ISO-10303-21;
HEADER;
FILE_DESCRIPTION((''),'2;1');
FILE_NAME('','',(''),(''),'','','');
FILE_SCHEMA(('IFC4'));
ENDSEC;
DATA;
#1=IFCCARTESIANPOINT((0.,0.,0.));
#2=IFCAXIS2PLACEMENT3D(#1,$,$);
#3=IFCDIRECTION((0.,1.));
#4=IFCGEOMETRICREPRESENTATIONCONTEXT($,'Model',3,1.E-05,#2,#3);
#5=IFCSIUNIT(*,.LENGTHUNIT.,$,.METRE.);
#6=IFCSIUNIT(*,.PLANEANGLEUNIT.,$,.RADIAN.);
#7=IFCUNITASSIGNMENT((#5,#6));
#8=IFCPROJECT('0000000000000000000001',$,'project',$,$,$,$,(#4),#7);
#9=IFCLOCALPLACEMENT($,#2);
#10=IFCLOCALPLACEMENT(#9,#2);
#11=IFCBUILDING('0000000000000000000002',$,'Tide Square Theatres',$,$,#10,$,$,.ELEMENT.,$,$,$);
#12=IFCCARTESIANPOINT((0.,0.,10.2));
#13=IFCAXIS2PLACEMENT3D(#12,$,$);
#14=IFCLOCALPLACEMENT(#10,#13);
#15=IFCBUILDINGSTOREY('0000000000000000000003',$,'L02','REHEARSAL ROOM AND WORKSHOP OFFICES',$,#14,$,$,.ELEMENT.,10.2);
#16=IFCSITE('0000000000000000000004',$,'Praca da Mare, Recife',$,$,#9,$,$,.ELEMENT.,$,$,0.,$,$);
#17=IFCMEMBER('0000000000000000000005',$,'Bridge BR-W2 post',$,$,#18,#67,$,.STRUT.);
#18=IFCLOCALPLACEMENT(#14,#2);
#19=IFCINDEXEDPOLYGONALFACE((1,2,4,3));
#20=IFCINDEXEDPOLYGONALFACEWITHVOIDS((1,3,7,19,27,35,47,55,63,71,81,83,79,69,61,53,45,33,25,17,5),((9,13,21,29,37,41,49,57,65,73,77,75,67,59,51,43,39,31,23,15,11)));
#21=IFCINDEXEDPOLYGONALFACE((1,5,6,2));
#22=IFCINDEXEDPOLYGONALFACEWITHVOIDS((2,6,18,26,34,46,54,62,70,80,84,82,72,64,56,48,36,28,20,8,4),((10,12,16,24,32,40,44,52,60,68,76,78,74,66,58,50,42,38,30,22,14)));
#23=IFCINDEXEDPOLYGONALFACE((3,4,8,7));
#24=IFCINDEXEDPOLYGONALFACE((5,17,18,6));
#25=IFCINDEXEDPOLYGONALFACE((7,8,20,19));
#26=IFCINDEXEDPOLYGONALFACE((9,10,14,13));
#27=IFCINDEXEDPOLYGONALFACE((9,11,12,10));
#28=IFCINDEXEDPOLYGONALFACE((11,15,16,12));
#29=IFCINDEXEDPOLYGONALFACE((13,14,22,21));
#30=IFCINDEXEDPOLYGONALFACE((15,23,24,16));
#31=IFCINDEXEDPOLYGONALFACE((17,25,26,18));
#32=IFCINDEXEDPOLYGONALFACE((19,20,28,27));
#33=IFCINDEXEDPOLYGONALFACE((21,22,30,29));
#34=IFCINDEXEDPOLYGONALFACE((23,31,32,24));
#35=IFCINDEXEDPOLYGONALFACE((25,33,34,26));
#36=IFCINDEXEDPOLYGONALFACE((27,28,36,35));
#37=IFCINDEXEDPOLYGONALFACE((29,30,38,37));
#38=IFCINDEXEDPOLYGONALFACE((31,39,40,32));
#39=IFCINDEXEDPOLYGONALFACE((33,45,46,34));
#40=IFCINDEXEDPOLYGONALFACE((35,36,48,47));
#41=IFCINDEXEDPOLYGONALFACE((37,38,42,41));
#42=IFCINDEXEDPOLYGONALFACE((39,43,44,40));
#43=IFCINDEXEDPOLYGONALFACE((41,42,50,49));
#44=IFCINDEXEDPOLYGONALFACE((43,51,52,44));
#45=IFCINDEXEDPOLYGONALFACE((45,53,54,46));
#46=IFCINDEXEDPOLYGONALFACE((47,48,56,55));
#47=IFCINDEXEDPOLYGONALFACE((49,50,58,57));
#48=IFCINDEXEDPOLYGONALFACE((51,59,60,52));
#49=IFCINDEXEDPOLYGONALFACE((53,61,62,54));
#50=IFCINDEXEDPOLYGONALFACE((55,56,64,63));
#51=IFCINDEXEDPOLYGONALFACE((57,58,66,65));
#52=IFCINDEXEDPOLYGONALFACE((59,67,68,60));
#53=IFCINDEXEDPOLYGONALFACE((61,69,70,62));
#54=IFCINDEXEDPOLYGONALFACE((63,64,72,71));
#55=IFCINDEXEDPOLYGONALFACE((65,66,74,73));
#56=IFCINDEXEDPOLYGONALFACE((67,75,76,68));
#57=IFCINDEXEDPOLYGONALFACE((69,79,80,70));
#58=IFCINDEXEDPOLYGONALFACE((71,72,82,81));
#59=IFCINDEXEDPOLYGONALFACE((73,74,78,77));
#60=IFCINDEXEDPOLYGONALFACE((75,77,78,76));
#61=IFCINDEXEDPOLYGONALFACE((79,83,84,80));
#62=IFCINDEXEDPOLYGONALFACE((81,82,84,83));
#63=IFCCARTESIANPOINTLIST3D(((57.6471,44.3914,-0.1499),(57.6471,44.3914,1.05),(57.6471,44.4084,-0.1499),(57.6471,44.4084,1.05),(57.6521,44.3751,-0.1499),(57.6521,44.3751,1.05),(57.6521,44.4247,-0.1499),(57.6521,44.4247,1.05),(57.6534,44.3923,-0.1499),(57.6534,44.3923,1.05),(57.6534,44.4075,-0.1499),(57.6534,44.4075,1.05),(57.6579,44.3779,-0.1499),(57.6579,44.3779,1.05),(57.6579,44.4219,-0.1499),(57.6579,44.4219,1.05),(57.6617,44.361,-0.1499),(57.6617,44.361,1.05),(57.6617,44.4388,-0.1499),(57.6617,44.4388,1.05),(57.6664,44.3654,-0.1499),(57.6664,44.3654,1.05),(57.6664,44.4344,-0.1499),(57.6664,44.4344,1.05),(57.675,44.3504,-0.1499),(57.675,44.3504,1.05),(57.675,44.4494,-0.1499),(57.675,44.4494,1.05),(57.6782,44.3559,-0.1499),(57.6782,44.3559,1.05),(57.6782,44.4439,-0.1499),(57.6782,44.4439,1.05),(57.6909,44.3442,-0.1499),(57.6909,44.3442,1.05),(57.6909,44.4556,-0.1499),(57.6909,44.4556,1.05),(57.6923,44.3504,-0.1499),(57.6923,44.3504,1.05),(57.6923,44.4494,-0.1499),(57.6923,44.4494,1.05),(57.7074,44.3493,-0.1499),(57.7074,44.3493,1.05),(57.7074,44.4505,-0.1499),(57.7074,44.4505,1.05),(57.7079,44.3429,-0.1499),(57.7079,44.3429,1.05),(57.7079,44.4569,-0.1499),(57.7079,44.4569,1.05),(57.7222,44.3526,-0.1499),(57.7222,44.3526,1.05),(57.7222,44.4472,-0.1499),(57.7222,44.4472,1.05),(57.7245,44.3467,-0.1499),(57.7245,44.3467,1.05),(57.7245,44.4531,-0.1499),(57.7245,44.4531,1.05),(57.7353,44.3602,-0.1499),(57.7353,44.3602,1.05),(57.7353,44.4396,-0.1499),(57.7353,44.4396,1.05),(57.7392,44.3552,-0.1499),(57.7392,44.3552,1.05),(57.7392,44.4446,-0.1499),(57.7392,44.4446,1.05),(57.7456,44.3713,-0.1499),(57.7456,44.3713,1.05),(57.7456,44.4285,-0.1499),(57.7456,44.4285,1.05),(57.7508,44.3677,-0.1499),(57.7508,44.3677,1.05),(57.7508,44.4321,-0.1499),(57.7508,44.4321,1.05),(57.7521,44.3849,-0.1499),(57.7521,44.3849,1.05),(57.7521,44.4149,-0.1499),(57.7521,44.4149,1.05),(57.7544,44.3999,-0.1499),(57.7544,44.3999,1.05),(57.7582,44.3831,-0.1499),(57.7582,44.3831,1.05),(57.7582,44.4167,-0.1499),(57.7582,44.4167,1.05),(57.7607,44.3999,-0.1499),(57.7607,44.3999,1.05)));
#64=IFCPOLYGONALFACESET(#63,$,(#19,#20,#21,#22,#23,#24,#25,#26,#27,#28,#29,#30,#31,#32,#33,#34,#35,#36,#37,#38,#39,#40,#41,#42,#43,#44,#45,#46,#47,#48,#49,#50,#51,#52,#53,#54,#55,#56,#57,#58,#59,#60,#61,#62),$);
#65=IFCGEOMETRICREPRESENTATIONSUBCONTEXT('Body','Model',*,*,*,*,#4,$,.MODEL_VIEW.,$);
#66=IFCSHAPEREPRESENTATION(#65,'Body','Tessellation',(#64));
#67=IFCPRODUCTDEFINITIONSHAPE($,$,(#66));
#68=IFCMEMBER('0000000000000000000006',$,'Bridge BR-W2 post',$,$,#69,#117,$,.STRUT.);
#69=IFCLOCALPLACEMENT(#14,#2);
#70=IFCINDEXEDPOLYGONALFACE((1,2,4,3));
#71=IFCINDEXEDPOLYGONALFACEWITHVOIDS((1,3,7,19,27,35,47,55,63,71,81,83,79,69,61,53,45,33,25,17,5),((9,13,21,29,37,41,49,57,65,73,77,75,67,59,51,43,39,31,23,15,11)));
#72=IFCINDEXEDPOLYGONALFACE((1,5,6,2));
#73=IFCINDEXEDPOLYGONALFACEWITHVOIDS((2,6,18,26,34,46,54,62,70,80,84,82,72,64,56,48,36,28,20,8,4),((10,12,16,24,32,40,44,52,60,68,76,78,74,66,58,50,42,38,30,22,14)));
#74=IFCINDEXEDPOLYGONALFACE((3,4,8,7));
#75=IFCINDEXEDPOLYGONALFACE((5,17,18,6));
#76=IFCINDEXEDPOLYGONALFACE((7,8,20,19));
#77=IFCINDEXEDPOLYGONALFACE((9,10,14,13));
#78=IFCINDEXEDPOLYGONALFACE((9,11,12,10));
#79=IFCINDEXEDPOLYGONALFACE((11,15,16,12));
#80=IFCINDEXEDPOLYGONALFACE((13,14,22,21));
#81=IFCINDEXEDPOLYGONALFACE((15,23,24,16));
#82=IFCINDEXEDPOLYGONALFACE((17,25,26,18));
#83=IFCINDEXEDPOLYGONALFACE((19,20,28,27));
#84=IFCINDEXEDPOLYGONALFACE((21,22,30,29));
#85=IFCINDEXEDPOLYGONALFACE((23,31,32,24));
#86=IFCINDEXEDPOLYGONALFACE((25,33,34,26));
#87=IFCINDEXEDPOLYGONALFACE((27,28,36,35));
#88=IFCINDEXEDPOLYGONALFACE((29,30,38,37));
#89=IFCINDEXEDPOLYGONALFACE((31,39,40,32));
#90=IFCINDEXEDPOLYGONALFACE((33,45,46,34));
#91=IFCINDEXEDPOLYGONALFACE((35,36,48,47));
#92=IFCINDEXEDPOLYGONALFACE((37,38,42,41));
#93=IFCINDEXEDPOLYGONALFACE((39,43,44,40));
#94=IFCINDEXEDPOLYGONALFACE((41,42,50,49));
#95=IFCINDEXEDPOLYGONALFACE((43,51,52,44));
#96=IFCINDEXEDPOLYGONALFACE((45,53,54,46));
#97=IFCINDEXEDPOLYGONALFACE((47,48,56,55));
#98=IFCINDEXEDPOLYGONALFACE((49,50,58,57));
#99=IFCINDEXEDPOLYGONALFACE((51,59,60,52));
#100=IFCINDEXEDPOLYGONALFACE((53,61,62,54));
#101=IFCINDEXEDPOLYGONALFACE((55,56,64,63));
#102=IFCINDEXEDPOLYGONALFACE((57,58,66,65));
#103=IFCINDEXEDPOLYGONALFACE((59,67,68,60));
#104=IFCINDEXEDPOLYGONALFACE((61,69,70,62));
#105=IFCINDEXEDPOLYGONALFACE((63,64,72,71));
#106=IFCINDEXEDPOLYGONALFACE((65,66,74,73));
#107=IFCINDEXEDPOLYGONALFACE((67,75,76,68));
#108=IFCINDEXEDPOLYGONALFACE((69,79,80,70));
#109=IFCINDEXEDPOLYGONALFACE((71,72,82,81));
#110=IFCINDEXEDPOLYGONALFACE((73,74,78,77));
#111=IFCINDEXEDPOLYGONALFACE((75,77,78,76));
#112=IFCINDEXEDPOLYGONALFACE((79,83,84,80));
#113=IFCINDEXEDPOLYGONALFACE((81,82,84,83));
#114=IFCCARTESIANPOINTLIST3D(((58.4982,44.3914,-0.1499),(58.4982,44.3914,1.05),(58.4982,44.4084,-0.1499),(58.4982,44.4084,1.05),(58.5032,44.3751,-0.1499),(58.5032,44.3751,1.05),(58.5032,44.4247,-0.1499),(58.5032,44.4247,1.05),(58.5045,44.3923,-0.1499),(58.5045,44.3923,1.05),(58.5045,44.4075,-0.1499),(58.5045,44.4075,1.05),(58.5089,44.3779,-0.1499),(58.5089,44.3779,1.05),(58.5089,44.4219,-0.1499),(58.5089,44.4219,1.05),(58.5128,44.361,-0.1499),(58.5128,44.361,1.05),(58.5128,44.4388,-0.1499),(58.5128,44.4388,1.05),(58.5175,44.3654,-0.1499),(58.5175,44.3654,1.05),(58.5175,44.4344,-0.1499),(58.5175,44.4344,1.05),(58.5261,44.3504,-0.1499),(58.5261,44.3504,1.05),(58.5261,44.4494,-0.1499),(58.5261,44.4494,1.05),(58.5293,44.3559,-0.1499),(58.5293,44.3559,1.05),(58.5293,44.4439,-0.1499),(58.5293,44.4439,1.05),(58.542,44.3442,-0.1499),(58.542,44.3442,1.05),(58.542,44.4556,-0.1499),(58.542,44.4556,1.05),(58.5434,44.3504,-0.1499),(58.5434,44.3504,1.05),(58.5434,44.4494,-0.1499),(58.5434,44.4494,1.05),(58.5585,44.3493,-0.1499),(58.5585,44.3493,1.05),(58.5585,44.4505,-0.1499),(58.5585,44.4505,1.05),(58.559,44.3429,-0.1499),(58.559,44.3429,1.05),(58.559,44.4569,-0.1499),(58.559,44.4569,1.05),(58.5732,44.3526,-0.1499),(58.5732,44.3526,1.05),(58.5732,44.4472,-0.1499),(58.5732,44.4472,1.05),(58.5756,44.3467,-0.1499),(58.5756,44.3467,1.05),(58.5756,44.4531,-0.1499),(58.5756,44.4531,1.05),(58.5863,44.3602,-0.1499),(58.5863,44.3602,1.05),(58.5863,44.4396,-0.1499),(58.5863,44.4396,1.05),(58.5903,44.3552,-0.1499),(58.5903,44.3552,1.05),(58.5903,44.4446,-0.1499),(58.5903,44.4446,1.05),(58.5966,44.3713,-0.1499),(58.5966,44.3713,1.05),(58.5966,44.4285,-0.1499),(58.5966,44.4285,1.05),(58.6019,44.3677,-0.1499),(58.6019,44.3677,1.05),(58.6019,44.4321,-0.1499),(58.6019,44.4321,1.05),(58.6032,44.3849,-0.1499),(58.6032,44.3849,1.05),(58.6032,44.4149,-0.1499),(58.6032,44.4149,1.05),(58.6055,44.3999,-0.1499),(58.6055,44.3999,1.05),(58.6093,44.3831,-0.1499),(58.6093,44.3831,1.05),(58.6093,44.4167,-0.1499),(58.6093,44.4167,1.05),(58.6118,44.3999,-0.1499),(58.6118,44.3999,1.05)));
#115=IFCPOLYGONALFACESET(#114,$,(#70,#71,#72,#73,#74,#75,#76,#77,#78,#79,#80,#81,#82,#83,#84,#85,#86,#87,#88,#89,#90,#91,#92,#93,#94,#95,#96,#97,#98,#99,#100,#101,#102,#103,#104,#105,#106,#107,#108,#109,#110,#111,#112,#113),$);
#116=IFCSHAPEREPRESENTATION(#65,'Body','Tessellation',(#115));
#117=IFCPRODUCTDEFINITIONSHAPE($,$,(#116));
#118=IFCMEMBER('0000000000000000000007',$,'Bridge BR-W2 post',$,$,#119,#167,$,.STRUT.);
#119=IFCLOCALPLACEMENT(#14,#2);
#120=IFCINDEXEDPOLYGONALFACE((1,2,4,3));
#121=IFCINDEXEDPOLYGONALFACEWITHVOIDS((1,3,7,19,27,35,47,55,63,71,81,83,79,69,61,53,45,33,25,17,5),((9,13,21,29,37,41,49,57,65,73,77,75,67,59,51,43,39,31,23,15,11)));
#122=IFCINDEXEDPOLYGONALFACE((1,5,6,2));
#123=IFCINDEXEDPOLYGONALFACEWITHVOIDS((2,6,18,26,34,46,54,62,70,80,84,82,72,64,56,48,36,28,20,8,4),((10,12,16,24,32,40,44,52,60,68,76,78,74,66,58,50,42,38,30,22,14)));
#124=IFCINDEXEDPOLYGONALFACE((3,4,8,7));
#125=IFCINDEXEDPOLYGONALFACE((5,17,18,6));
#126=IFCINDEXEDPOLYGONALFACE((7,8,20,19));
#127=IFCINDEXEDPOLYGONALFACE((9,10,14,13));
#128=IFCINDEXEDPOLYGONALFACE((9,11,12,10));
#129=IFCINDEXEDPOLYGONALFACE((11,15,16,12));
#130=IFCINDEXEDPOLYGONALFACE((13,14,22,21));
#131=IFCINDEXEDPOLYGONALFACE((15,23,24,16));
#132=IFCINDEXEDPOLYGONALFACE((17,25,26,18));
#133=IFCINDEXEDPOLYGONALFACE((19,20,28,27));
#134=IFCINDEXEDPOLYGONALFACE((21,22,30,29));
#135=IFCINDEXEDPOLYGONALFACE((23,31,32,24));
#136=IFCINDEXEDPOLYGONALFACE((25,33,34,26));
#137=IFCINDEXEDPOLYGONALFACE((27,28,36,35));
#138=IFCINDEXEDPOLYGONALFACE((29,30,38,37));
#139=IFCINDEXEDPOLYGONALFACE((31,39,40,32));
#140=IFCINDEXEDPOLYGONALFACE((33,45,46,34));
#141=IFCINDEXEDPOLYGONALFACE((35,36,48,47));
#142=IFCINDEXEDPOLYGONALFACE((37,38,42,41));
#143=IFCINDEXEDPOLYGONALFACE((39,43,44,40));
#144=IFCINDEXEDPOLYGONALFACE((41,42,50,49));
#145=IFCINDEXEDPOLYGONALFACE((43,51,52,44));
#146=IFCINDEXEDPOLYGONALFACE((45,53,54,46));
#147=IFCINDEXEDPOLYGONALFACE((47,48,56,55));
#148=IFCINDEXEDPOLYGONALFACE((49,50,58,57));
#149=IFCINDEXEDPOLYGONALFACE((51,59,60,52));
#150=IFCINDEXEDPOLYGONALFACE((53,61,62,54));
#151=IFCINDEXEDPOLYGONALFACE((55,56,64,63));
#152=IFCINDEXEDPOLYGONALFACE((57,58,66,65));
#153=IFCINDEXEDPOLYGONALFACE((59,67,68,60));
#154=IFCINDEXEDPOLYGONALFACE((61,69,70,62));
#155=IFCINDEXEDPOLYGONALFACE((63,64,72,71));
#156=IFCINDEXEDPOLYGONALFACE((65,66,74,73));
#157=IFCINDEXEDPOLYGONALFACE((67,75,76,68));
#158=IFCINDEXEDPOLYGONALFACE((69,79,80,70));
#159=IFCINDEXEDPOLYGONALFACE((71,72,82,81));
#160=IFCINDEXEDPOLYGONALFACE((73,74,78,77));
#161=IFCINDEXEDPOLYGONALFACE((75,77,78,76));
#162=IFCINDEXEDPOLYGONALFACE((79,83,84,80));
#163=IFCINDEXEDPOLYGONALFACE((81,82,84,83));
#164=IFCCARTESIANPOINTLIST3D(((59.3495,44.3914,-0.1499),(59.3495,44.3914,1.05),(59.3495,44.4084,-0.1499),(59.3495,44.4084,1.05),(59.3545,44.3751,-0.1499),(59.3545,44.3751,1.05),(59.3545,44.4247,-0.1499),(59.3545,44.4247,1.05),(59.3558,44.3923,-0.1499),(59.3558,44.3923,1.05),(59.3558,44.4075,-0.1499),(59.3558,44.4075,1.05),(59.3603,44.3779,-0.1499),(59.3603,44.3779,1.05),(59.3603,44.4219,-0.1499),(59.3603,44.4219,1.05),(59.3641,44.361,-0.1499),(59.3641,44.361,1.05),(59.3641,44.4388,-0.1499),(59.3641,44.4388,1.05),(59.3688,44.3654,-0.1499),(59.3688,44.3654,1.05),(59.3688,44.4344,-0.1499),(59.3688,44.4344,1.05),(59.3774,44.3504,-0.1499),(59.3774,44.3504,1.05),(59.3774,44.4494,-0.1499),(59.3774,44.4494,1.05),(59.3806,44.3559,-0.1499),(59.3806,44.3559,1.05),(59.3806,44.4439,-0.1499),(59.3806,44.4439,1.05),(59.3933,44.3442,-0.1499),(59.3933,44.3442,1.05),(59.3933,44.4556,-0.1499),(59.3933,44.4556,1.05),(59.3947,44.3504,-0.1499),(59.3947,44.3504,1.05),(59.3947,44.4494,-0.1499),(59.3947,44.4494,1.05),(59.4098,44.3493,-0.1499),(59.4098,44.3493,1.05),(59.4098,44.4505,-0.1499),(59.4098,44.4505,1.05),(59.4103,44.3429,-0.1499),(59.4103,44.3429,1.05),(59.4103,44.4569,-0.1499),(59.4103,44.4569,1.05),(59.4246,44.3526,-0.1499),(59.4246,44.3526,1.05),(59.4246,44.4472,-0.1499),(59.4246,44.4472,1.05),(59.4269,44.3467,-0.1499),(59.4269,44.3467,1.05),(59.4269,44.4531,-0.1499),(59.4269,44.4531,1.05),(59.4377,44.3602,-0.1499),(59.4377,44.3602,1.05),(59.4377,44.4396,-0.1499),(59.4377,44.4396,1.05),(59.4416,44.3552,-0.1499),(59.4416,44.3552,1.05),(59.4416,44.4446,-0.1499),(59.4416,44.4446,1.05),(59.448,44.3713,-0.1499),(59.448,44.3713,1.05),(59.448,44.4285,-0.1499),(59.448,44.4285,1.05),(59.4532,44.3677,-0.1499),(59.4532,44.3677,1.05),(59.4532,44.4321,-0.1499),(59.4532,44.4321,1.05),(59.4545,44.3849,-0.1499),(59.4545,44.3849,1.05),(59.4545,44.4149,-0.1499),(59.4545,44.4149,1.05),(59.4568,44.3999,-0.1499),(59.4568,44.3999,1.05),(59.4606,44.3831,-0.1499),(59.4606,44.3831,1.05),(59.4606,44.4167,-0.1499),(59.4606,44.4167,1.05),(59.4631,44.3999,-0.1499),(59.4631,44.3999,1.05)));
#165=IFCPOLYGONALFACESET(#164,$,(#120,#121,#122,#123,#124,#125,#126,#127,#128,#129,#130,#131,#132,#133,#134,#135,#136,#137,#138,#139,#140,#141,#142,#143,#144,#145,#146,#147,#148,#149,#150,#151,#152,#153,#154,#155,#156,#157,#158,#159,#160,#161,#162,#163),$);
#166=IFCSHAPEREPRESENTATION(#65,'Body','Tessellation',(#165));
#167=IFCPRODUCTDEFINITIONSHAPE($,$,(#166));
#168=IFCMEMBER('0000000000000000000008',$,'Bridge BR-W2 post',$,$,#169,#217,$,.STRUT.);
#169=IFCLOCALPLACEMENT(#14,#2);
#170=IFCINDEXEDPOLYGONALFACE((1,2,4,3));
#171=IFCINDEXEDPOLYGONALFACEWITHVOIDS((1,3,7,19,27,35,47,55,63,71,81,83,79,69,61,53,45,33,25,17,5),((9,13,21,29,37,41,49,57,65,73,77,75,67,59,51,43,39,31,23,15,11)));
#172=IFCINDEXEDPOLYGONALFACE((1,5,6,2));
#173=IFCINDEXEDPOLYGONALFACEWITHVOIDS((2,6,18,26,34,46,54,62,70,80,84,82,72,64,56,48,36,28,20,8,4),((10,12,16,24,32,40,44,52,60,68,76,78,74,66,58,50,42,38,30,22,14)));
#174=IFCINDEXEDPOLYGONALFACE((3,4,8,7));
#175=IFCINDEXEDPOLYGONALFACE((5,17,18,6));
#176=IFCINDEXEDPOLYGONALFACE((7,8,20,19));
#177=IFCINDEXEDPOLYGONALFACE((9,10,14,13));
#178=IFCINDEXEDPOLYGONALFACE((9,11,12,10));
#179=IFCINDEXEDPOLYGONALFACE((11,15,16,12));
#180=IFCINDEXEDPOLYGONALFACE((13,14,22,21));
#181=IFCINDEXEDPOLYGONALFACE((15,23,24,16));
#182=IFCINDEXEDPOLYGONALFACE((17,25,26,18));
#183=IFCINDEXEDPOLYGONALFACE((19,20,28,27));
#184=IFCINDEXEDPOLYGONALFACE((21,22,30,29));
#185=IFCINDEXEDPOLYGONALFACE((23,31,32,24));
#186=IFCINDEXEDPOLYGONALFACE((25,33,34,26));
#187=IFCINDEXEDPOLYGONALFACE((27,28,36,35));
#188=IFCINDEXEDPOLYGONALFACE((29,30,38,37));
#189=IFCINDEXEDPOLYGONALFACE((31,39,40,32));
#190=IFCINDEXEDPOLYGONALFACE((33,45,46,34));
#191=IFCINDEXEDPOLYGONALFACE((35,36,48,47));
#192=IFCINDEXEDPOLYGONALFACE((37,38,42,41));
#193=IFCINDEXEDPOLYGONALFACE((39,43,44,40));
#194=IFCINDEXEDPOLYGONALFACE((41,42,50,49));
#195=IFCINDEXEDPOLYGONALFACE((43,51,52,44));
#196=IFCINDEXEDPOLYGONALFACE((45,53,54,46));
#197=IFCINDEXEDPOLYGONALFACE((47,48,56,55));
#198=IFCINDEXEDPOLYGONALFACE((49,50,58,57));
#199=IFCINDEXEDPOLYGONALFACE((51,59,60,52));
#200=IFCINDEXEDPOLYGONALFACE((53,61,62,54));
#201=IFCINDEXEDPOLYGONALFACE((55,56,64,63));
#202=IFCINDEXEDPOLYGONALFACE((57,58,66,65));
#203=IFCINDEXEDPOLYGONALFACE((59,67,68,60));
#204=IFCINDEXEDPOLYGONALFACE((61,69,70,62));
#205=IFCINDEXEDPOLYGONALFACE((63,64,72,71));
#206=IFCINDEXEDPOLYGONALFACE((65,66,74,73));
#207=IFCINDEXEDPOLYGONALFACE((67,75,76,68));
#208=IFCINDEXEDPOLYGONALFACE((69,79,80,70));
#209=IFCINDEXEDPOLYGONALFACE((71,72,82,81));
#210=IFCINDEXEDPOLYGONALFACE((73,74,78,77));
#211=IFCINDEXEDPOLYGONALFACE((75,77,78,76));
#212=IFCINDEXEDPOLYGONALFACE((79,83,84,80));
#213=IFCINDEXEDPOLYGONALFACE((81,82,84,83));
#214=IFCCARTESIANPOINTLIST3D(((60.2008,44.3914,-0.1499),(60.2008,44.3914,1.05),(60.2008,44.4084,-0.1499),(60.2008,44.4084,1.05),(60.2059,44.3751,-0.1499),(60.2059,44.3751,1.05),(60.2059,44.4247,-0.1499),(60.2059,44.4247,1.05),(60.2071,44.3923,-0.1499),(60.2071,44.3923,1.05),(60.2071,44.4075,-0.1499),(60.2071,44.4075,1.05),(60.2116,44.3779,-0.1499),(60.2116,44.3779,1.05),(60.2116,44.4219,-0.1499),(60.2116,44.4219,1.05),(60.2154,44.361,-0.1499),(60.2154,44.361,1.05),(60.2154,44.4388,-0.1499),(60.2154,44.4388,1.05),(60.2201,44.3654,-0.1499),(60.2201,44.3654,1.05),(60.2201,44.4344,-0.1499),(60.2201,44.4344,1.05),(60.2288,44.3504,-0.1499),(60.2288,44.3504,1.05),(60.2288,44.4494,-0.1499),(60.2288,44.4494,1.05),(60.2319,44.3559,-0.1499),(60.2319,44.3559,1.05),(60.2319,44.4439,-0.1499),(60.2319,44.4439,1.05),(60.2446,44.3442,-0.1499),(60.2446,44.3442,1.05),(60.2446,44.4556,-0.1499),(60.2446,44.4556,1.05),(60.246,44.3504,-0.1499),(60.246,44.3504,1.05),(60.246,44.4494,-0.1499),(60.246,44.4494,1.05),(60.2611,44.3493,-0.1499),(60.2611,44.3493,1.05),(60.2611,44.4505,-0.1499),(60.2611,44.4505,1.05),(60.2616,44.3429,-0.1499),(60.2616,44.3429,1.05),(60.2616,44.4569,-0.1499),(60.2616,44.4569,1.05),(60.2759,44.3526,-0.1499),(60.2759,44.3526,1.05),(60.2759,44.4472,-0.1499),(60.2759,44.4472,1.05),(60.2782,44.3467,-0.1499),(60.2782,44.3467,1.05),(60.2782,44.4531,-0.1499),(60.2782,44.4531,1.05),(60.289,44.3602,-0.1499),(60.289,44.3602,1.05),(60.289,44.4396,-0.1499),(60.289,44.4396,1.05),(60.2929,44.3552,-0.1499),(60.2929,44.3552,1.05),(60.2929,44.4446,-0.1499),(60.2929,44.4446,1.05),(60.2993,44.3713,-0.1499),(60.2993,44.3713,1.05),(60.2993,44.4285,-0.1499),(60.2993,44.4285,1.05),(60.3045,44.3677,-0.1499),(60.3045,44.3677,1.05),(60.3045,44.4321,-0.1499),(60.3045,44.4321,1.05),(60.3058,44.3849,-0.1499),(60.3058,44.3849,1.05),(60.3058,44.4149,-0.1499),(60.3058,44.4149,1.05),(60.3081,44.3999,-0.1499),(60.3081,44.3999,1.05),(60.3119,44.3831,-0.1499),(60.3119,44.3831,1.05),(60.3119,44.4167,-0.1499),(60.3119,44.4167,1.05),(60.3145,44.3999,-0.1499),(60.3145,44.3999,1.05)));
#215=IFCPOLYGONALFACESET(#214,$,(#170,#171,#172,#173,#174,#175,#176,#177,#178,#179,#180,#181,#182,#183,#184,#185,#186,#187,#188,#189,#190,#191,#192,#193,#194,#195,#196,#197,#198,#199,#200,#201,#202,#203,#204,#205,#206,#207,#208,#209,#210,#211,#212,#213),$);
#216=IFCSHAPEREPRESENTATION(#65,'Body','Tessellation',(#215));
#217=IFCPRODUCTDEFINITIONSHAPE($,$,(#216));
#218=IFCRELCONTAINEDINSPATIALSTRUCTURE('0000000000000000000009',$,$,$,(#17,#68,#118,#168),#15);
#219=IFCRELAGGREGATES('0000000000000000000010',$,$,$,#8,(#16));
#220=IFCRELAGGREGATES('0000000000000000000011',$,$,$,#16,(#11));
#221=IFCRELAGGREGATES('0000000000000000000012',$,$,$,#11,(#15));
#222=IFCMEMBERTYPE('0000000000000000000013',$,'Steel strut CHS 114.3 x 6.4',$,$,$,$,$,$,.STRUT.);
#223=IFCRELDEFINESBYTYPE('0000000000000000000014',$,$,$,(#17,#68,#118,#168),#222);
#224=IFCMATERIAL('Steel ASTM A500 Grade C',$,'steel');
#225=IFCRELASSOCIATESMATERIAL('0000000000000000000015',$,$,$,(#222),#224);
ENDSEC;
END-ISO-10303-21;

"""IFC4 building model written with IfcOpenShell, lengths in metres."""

from ifc_helpers import new_model, si_unit, direction, frame, origin, origin_2d, place, context, subcontext, project, spatial, hollow_circle, extrude, material, material_profile, profile_set, type_object, element, save


model = new_model("IFC4")

# Units and contexts
model_context = context("Model", 3, precision=1e-05, world=origin(), true_north=direction((0.0, 1.0)))
body_context = subcontext(model_context, "Body", "Model", "MODEL_VIEW")
ifc_project = project(units=[si_unit("LENGTHUNIT", "METRE"), si_unit("PLANEANGLEUNIT", "RADIAN")], contexts=[model_context])

# Site, building, storey
site_placement = place(None, origin())
site = spatial("IfcSite", under=ifc_project, at=site_placement, Name="Praca da Mare, Recife", CompositionType="ELEMENT", RefElevation=0.0)
building_placement = place(site_placement, origin())
building = spatial("IfcBuilding", under=site, at=building_placement, Name="Tide Square Theatres", CompositionType="ELEMENT")
storey_placement = place(building_placement, frame((0.0, 0.0, 10.2)))
storey = spatial("IfcBuildingStorey", under=building, at=storey_placement, Name="L02", Description="REHEARSAL ROOM AND WORKSHOP OFFICES", CompositionType="ELEMENT", Elevation=10.2)

# Members
ifc_material_1 = material(Name="Steel ASTM A500 Grade C", Category="steel")
ifc_material_profile_1 = material_profile(ifc_material_1, hollow_circle(Radius=0.0571, WallThickness=0.0063, at=origin_2d()))
ifc_profile_set_1 = profile_set([ifc_material_profile_1], Name="Steel ASTM A500 Grade C")
member_type_1 = type_object("IfcMemberType", Name="Steel strut CHS 114.3 x 6.4", PredefinedType="STRUT", material=ifc_profile_set_1)
for number, where, z_axis, x_axis, name in (
    (1, (57.7036, 44.3999, -0.1499), (0.0, 0.0, 1.0), (1.0, 0.0, 0.0), "Bridge BR-W2 post"),
    (2, (58.5547, 44.3999, -0.1499), (0.0, 0.0, 1.0), (1.0, 0.0, 0.0), "Bridge BR-W2 post"),
    (3, (59.406, 44.3999, -0.1499), (0.0, 0.0, 1.0), (1.0, 0.0, 0.0), "Bridge BR-W2 post"),
    (4, (60.2573, 44.3999, -0.1499), (0.0, 0.0, 1.0), (1.0, 0.0, 0.0), "Bridge BR-W2 post"),
):
    element("IfcMember", number, at=place(storey_placement, frame(where, z_axis=z_axis, x_axis=x_axis)), inside=storey, type_object=member_type_1, Name=name, PredefinedType="STRUT", context=body_context, shape_type="SweptSolid", body=[
        extrude(hollow_circle(Radius=0.0571, WallThickness=0.0063, at=origin_2d()), origin(), (0.0, 0.0, 1.0), 1.2),
    ])

save(model, "model.ifc")
